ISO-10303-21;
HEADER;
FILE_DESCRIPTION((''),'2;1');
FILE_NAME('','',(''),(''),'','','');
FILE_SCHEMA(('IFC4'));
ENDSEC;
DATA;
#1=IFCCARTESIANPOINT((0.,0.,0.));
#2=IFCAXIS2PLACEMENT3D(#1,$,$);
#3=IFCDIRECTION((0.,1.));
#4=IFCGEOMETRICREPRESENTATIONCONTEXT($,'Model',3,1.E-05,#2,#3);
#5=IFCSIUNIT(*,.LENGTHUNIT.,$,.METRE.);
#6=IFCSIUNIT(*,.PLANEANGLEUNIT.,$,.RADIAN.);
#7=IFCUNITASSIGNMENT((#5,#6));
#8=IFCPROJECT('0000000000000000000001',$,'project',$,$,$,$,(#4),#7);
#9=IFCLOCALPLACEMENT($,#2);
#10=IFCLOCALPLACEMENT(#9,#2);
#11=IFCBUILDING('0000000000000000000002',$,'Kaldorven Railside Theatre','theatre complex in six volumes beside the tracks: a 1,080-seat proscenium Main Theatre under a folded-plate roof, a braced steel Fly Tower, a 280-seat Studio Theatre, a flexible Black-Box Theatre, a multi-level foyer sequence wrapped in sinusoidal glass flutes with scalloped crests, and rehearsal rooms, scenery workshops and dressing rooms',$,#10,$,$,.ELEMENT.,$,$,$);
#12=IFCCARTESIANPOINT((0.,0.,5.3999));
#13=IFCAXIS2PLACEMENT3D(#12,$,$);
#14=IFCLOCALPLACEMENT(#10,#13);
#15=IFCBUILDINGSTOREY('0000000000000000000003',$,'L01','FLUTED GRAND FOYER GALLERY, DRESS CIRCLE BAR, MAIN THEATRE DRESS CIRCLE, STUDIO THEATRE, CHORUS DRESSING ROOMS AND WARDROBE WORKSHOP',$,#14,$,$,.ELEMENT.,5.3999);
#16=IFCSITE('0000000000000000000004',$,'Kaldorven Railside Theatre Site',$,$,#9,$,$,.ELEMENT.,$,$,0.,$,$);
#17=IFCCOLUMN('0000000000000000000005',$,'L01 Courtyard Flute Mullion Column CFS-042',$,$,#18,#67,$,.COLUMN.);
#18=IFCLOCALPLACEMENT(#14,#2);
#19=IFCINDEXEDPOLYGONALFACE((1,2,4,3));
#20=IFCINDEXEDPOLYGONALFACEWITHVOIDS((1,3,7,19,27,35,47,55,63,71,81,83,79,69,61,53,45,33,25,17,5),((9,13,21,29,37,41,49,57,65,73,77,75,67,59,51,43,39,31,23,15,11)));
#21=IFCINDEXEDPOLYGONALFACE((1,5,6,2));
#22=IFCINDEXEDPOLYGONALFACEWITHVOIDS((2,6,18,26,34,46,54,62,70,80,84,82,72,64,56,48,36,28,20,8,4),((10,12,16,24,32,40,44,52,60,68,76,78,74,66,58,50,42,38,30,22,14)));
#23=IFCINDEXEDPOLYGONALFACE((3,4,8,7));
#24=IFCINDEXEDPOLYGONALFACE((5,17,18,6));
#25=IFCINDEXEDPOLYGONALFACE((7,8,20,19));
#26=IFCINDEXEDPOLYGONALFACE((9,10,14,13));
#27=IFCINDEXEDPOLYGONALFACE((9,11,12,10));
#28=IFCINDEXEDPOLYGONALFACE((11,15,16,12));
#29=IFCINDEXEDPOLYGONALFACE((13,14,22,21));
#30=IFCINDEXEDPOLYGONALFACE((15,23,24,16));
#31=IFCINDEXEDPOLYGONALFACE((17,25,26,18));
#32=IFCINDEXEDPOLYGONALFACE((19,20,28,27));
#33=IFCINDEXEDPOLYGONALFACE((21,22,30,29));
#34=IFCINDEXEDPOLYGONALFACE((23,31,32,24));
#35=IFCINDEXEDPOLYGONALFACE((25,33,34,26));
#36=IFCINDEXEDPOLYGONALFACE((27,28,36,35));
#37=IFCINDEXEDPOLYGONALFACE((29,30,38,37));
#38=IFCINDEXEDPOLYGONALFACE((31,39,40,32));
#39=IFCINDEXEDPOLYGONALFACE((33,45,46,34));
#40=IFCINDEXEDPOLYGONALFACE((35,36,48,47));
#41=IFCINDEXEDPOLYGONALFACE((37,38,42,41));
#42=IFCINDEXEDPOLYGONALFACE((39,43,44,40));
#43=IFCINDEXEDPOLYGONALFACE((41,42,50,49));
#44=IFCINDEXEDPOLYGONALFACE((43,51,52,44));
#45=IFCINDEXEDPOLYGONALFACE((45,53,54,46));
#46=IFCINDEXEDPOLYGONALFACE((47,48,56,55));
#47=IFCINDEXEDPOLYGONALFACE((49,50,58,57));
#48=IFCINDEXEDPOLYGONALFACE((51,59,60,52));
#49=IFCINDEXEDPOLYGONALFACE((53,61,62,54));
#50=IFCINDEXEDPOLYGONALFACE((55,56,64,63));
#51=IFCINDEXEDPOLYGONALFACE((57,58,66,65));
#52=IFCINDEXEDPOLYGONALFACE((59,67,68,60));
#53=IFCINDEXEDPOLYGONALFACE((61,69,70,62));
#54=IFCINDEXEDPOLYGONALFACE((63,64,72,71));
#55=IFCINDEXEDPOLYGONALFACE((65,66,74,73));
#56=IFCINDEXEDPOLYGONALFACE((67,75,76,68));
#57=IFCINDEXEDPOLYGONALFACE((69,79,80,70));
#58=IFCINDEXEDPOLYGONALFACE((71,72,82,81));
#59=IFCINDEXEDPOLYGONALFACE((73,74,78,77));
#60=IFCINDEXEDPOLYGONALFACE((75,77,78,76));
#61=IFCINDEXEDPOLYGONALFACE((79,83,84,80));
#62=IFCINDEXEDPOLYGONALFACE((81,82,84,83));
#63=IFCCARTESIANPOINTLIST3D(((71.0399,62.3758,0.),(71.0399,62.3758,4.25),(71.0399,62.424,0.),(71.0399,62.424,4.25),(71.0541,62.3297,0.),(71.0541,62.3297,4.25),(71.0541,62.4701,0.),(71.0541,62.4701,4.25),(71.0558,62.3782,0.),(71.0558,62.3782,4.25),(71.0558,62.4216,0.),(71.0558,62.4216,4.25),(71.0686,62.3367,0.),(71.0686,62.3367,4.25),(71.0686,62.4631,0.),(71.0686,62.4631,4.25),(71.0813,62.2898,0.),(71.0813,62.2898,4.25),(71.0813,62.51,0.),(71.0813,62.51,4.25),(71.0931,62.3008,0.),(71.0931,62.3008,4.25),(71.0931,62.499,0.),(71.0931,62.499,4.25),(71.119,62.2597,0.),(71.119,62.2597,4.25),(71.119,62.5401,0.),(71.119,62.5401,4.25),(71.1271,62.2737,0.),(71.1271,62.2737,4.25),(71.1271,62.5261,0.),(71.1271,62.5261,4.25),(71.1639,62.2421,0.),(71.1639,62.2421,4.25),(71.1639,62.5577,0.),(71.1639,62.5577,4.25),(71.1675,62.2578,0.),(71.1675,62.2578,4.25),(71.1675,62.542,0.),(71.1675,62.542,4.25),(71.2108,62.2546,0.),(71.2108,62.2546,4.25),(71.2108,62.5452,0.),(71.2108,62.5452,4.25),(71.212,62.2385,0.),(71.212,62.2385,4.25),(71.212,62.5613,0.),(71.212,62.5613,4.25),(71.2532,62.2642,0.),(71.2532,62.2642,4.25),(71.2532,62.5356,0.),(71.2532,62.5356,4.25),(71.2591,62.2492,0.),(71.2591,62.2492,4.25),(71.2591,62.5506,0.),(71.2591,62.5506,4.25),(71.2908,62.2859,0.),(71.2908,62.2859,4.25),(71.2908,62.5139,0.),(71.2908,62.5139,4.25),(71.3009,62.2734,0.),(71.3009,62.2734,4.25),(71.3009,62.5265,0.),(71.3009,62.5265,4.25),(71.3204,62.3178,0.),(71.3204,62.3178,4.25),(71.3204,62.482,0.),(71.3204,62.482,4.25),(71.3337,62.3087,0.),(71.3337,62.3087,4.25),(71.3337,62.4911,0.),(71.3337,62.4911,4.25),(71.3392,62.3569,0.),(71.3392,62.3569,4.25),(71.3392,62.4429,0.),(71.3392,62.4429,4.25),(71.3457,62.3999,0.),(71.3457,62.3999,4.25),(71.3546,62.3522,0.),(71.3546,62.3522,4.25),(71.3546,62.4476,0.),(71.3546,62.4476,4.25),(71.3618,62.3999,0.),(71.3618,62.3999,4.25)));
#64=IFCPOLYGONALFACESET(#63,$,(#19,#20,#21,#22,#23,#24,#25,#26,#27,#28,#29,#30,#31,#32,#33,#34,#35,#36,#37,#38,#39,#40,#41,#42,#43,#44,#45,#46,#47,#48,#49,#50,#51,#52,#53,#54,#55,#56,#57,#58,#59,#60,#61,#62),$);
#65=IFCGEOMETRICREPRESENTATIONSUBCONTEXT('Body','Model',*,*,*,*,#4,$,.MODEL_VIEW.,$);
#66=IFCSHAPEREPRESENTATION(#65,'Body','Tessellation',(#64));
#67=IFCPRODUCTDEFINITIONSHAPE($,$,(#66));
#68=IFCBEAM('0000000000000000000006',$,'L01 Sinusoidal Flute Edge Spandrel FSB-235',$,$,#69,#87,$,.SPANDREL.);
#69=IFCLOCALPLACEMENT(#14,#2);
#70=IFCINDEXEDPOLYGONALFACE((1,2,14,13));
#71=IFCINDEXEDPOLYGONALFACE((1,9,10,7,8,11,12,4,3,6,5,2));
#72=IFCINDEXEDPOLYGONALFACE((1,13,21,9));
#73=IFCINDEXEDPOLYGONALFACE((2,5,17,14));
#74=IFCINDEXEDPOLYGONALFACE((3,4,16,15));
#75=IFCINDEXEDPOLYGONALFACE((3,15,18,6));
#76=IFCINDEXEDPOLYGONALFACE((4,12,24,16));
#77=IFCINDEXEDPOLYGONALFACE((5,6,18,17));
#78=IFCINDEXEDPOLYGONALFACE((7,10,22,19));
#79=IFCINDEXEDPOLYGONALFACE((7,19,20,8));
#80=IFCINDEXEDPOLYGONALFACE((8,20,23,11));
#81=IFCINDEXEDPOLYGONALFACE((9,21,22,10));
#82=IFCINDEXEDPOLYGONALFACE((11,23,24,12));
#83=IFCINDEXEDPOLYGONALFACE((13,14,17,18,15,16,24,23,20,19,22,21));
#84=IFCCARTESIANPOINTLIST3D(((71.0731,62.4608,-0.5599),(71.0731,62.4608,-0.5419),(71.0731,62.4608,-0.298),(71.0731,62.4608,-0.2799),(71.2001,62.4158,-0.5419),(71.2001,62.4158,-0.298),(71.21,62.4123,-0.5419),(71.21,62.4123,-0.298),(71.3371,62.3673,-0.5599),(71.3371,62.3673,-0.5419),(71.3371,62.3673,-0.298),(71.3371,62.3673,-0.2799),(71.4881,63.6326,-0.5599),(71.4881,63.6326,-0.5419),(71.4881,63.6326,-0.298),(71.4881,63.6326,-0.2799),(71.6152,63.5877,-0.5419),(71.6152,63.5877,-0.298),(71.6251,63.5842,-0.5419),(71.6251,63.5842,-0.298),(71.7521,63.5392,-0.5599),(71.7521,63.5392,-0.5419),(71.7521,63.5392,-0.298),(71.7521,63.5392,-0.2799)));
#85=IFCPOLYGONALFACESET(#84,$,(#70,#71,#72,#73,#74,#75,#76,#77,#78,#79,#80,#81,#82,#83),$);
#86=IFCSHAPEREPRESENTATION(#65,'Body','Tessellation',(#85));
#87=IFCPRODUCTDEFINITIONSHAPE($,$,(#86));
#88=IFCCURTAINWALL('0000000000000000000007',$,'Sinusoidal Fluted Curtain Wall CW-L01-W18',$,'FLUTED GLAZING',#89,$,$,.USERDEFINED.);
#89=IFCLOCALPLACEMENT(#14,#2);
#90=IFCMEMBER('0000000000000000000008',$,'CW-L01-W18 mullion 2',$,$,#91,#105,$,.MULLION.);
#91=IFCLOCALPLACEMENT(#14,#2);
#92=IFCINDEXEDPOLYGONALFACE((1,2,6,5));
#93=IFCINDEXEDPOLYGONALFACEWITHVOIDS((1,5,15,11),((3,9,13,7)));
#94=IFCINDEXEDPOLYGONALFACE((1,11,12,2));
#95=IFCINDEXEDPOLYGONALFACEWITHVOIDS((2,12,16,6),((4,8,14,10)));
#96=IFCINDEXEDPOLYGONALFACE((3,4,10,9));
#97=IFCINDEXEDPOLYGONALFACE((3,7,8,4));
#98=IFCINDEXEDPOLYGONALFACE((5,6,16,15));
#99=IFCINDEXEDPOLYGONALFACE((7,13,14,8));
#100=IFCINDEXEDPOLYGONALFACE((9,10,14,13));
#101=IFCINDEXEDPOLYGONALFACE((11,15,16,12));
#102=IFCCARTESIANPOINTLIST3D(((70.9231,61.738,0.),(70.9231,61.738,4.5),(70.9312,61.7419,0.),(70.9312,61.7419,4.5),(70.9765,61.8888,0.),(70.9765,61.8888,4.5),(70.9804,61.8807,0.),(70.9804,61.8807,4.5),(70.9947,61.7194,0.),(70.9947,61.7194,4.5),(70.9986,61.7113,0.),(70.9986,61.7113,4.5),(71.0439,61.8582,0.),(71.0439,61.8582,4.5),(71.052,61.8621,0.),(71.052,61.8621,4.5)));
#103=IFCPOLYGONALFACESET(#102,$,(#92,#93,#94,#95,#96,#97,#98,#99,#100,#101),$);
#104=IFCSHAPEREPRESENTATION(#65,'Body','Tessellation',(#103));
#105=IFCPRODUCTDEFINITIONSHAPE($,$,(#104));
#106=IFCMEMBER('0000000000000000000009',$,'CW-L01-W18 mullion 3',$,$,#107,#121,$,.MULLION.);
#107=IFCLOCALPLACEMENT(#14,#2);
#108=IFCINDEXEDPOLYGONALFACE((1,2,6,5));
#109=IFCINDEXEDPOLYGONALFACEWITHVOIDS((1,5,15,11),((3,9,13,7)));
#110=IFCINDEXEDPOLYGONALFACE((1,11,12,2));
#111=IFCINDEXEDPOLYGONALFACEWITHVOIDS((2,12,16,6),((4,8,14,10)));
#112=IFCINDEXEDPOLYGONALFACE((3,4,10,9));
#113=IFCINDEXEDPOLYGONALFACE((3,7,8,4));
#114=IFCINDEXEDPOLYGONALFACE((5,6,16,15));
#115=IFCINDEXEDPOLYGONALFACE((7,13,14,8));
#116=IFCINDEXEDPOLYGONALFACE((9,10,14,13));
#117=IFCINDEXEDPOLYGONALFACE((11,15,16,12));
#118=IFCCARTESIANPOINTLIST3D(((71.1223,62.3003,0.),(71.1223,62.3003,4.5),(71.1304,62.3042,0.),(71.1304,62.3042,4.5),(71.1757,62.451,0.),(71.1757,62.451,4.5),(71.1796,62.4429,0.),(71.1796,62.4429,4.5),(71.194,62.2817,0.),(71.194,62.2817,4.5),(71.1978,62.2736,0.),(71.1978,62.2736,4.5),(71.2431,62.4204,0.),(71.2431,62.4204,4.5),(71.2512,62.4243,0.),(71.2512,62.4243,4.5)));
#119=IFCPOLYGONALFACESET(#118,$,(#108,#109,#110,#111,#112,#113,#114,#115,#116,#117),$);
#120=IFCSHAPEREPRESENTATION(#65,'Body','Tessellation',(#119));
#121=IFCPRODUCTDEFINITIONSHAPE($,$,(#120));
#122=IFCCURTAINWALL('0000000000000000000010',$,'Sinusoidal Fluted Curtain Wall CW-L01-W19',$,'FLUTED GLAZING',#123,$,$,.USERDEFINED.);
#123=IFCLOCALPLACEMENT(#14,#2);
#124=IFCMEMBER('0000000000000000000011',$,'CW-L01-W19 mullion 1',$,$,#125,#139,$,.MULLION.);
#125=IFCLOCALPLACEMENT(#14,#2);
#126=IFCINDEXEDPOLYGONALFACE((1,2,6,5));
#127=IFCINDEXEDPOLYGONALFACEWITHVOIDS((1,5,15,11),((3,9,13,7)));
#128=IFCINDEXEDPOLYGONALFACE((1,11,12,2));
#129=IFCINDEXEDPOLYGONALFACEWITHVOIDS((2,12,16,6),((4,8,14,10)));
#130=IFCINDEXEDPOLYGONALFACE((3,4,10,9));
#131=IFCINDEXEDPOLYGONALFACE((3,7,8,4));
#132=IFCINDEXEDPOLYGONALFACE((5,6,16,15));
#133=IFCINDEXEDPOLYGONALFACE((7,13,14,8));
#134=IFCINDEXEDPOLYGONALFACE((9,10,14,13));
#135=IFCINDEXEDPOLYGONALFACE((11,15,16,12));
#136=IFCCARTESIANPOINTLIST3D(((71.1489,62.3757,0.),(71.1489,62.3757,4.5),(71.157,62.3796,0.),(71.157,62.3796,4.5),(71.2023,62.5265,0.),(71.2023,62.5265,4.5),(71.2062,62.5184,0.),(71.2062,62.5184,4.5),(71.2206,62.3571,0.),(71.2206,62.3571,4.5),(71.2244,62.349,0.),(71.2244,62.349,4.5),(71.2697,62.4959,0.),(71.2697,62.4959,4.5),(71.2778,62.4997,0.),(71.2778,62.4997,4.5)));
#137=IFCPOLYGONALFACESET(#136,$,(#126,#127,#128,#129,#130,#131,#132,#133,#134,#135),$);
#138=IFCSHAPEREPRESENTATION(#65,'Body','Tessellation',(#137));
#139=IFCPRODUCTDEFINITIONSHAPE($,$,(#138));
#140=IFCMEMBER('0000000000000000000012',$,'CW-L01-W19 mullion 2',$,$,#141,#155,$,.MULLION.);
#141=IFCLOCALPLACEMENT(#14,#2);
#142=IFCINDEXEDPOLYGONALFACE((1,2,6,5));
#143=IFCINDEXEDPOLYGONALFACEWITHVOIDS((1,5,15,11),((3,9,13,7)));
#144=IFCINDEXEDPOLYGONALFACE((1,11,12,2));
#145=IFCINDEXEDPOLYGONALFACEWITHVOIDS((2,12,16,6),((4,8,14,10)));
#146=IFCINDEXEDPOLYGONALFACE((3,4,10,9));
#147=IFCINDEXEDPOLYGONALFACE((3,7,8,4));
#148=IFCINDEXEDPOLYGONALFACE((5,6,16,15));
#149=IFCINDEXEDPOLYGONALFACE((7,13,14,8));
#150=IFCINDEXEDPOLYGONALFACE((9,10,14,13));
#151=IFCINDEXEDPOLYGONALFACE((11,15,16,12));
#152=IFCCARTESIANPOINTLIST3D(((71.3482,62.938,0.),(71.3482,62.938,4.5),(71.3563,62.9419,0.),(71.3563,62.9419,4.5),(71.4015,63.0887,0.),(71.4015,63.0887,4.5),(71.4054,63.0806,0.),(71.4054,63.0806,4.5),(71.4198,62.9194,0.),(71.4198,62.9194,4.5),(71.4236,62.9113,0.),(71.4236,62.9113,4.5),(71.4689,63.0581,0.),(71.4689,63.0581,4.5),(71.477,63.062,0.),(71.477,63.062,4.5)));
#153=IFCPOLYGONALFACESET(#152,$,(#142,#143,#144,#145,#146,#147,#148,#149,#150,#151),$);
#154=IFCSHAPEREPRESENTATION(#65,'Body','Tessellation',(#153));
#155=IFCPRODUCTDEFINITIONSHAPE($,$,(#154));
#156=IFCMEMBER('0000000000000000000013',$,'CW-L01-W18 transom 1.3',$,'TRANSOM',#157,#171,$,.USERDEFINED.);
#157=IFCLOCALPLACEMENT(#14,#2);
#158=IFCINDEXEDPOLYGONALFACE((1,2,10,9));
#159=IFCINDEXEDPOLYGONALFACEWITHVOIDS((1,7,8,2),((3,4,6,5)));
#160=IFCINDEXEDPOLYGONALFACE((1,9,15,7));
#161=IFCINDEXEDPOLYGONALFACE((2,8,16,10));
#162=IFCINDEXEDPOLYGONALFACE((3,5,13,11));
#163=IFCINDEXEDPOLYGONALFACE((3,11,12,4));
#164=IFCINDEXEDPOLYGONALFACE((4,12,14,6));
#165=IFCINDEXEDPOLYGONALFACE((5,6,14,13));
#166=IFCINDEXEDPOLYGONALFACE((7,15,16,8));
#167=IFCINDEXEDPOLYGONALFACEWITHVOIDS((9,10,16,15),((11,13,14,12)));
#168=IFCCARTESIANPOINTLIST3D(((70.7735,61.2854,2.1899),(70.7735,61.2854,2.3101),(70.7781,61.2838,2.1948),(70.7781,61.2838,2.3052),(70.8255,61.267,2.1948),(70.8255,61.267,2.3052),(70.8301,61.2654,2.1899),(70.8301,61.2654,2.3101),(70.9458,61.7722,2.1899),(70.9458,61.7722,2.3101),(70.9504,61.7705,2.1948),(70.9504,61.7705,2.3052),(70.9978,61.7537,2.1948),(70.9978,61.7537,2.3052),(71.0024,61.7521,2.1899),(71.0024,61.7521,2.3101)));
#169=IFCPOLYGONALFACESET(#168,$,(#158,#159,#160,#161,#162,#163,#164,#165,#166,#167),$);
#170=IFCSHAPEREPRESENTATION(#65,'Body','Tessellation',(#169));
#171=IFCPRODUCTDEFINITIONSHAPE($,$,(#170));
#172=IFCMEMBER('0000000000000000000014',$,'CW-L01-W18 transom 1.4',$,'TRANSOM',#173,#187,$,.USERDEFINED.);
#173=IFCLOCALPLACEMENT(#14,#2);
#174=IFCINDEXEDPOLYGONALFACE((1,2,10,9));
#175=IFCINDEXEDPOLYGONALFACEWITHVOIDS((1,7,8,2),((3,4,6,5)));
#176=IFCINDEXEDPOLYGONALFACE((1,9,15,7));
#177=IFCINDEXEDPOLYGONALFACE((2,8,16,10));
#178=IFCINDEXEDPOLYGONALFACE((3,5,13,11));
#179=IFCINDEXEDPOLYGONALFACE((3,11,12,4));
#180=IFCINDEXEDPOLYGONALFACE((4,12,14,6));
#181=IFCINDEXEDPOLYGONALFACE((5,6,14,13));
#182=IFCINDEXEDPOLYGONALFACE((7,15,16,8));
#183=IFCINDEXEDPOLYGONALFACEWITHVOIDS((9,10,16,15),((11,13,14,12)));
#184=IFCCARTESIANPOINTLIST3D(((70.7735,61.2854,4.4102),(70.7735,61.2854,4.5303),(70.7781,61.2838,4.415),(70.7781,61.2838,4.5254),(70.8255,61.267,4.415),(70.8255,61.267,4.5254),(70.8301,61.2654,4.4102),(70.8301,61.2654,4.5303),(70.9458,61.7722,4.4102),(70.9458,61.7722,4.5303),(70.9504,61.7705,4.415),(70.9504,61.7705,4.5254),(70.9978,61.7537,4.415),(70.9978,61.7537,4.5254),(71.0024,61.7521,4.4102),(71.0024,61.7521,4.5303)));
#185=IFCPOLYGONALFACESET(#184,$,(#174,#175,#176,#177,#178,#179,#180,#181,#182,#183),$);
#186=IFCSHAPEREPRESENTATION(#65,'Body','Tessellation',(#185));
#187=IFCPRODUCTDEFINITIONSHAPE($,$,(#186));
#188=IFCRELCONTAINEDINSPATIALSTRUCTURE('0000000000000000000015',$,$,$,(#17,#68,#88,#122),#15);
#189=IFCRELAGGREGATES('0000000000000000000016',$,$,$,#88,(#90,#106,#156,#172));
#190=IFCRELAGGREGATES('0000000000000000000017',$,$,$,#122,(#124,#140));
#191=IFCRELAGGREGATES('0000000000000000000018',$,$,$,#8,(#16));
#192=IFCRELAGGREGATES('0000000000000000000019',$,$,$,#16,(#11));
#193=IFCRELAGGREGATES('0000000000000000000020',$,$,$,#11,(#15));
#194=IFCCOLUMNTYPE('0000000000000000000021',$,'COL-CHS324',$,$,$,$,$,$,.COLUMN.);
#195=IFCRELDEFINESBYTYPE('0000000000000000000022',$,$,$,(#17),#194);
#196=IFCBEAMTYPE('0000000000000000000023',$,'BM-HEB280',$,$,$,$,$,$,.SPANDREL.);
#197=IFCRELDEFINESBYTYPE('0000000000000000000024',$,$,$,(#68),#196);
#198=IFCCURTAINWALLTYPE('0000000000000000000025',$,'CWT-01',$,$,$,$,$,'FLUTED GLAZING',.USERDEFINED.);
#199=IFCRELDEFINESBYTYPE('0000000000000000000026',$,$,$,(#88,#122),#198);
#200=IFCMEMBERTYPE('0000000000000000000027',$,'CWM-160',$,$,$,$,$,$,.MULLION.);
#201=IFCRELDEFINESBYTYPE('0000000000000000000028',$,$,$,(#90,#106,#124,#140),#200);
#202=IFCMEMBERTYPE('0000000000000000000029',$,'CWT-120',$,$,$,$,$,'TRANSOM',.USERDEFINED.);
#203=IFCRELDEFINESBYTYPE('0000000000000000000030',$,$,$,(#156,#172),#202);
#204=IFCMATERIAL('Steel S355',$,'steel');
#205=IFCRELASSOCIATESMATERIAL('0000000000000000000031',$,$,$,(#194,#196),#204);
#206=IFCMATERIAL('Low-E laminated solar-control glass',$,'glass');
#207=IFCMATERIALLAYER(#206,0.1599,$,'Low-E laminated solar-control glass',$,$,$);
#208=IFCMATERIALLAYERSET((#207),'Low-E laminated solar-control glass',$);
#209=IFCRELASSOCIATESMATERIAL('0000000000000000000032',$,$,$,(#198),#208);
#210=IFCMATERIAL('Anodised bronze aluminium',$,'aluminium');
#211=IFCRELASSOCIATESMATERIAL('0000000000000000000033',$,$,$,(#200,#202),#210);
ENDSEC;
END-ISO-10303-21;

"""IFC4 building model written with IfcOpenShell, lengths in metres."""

from ifc_helpers import new_model, si_unit, direction, frame, origin, origin_2d, place, context, subcontext, project, spatial, hollow_rectangle, hollow_circle, i_section, extrude, material, layer, layer_set, material_profile, profile_set, type_object, element, aggregate, save


model = new_model("IFC4")

# Units and contexts
model_context = context("Model", 3, precision=1e-05, world=origin(), true_north=direction((0.0, 1.0)))
body_context = subcontext(model_context, "Body", "Model", "MODEL_VIEW")
ifc_project = project(units=[si_unit("LENGTHUNIT", "METRE"), si_unit("PLANEANGLEUNIT", "RADIAN")], contexts=[model_context])

# Site, building, storey
site_placement = place(None, origin())
site = spatial("IfcSite", under=ifc_project, at=site_placement, Name="Kaldorven Railside Theatre Site", CompositionType="ELEMENT", RefElevation=0.0)
building_placement = place(site_placement, origin())
building = spatial("IfcBuilding", under=site, at=building_placement, Name="Kaldorven Railside Theatre", Description="theatre complex in six volumes beside the tracks: a 1,080-seat proscenium Main Theatre under a folded-plate roof, a braced steel Fly Tower, a 280-seat Studio Theatre, a flexible Black-Box Theatre, a multi-level foyer sequence wrapped in sinusoidal glass flutes with scalloped crests, and rehearsal rooms, scenery workshops and dressing rooms", CompositionType="ELEMENT")
storey_placement = place(building_placement, frame((0.0, 0.0, 5.3999)))
storey = spatial("IfcBuildingStorey", under=building, at=storey_placement, Name="L01", Description="FLUTED GRAND FOYER GALLERY, DRESS CIRCLE BAR, MAIN THEATRE DRESS CIRCLE, STUDIO THEATRE, CHORUS DRESSING ROOMS AND WARDROBE WORKSHOP", CompositionType="ELEMENT", Elevation=5.3999)

# Column
ifc_material_1 = material(Name="Steel S355", Category="steel")
ifc_material_profile_1 = material_profile(ifc_material_1, hollow_circle(Radius=0.1619, WallThickness=0.0161, at=origin_2d()), Name="CHS 323.9x16")
ifc_profile_set_1 = profile_set([ifc_material_profile_1], Name="Steel S355")
column_type = type_object("IfcColumnType", Name="COL-CHS324", PredefinedType="COLUMN", material=ifc_profile_set_1)
column_placement = place(storey_placement, frame((71.2, 62.3999, 0.0), z_axis=(0.0, 0.0, 1.0), x_axis=(1.0, 0.0, 0.0)))
element("IfcColumn", 1, at=column_placement, inside=storey, type_object=column_type, Name="L01 Courtyard Flute Mullion Column CFS-042", PredefinedType="COLUMN", context=body_context, shape_type="SweptSolid", body=[
    extrude(hollow_circle(Radius=0.1619, WallThickness=0.0161, at=origin_2d()), origin(), (0.0, 0.0, 1.0), 4.25),
])

# Beam
ifc_material_profile_2 = material_profile(ifc_material_1, i_section(OverallWidth=0.28, OverallDepth=0.28, WebThickness=0.0105, FlangeThickness=0.0181, at=origin_2d()), Name="HEB 280")
ifc_profile_set_2 = profile_set([ifc_material_profile_2], Name="Steel S355")
beam_type = type_object("IfcBeamType", Name="BM-HEB280", PredefinedType="SPANDREL", material=ifc_profile_set_2)
beam_placement = place(storey_placement, frame((71.2051, 62.4141, -0.4199), z_axis=(0.333847, 0.942627, 0.0), x_axis=(-0.942627, 0.333847, 0.0)))
element("IfcBeam", 2, at=beam_placement, inside=storey, type_object=beam_type, Name="L01 Sinusoidal Flute Edge Spandrel FSB-235", PredefinedType="SPANDREL", context=body_context, shape_type="SweptSolid", body=[
    extrude(i_section(OverallWidth=0.28, OverallDepth=0.28, WebThickness=0.0105, FlangeThickness=0.0181, at=origin_2d()), origin(), (0.0, 0.0, 1.0), 1.2432),
])

# Curtain walls, members
ifc_material_2 = material(Name="Low-E laminated solar-control glass", Category="glass")
ifc_layer_1 = layer(ifc_material_2, 0.1599, Name="Low-E laminated solar-control glass")
ifc_layer_set_1 = layer_set([ifc_layer_1], Name="Low-E laminated solar-control glass")
curtain_wall_type = type_object("IfcCurtainWallType", Name="CWT-01", ElementType="FLUTED GLAZING", PredefinedType="USERDEFINED", material=ifc_layer_set_1)
curtain_wall_1_placement = place(storey_placement, origin())
curtain_wall_1 = element("IfcCurtainWall", 3, at=curtain_wall_1_placement, inside=storey, type_object=curtain_wall_type, Name="Sinusoidal Fluted Curtain Wall CW-L01-W18", ObjectType="FLUTED GLAZING", PredefinedType="USERDEFINED")
ifc_material_3 = material(Name="Anodised bronze aluminium", Category="aluminium")
ifc_material_profile_3 = material_profile(ifc_material_3, hollow_rectangle(XDim=0.0801, YDim=0.1599, WallThickness=0.0063, at=origin_2d()), Name="RHS 160x80x6.3")
ifc_profile_set_3 = profile_set([ifc_material_profile_3], Name="Anodised bronze aluminium")
member_type_1 = type_object("IfcMemberType", Name="CWM-160", PredefinedType="MULLION", material=ifc_profile_set_3)
member_1_placement = place(storey_placement, frame((70.9875, 61.8, 0.0), z_axis=(0.0, 0.0, 1.0), x_axis=(-0.942627, 0.333847, 0.0)))
member_1 = element("IfcMember", 4, at=member_1_placement, type_object=member_type_1, Name="CW-L01-W18 mullion 2", PredefinedType="MULLION", context=body_context, shape_type="SweptSolid", body=[
    extrude(hollow_rectangle(XDim=0.0801, YDim=0.1599, WallThickness=0.0063, at=origin_2d()), origin(), (0.0, 0.0, 1.0), 4.5),
])
member_2_placement = place(storey_placement, frame((71.1868, 62.3623, 0.0), z_axis=(0.0, 0.0, 1.0), x_axis=(-0.942627, 0.333847, 0.0)))
member_2 = element("IfcMember", 5, at=member_2_placement, type_object=member_type_1, Name="CW-L01-W18 mullion 3", PredefinedType="MULLION", context=body_context, shape_type="SweptSolid", body=[
    extrude(hollow_rectangle(XDim=0.0801, YDim=0.1599, WallThickness=0.0063, at=origin_2d()), origin(), (0.0, 0.0, 1.0), 4.5),
])
curtain_wall_2_placement = place(storey_placement, origin())
curtain_wall_2 = element("IfcCurtainWall", 6, at=curtain_wall_2_placement, inside=storey, type_object=curtain_wall_type, Name="Sinusoidal Fluted Curtain Wall CW-L01-W19", ObjectType="FLUTED GLAZING", PredefinedType="USERDEFINED")
member_3_placement = place(storey_placement, frame((71.2134, 62.4377, 0.0), z_axis=(0.0, 0.0, 1.0), x_axis=(-0.942627, 0.333847, 0.0)))
member_3 = element("IfcMember", 7, at=member_3_placement, type_object=member_type_1, Name="CW-L01-W19 mullion 1", PredefinedType="MULLION", context=body_context, shape_type="SweptSolid", body=[
    extrude(hollow_rectangle(XDim=0.0801, YDim=0.1599, WallThickness=0.0063, at=origin_2d()), origin(), (0.0, 0.0, 1.0), 4.5),
])
member_4_placement = place(storey_placement, frame((71.4126, 63.0, 0.0), z_axis=(0.0, 0.0, 1.0), x_axis=(-0.942627, 0.333847, 0.0)))
member_4 = element("IfcMember", 8, at=member_4_placement, type_object=member_type_1, Name="CW-L01-W19 mullion 2", PredefinedType="MULLION", context=body_context, shape_type="SweptSolid", body=[
    extrude(hollow_rectangle(XDim=0.0801, YDim=0.1599, WallThickness=0.0063, at=origin_2d()), origin(), (0.0, 0.0, 1.0), 4.5),
])

# Members
ifc_material_profile_4 = material_profile(ifc_material_3, hollow_rectangle(XDim=0.0601, YDim=0.1201, WallThickness=0.0049, at=origin_2d()), Name="RHS 120x60x5")
ifc_profile_set_4 = profile_set([ifc_material_profile_4], Name="Anodised bronze aluminium")
member_type_2 = type_object("IfcMemberType", Name="CWT-120", ElementType="TRANSOM", PredefinedType="USERDEFINED", material=ifc_profile_set_4)
member_5_placement = place(storey_placement, frame((70.8018, 61.2754, 2.25), z_axis=(0.33376, 0.942658, 0.0), x_axis=(-0.942658, 0.33376, 0.0)))
member_5 = element("IfcMember", 9, at=member_5_placement, type_object=member_type_2, Name="CW-L01-W18 transom 1.3", ObjectType="TRANSOM", PredefinedType="USERDEFINED", context=body_context, shape_type="SweptSolid", body=[
    extrude(hollow_rectangle(XDim=0.0601, YDim=0.1201, WallThickness=0.0049, at=origin_2d()), origin(), (0.0, 0.0, 1.0), 0.5164),
])
member_6_placement = place(storey_placement, frame((70.8018, 61.2754, 4.4702), z_axis=(0.33376, 0.942658, 0.0), x_axis=(-0.942658, 0.33376, 0.0)))
member_6 = element("IfcMember", 10, at=member_6_placement, type_object=member_type_2, Name="CW-L01-W18 transom 1.4", ObjectType="TRANSOM", PredefinedType="USERDEFINED", context=body_context, shape_type="SweptSolid", body=[
    extrude(hollow_rectangle(XDim=0.0601, YDim=0.1201, WallThickness=0.0049, at=origin_2d()), origin(), (0.0, 0.0, 1.0), 0.5164),
])

aggregate(curtain_wall_1, [member_1, member_2, member_5, member_6])
aggregate(curtain_wall_2, [member_3, member_4])

save(model, "model.ifc")
